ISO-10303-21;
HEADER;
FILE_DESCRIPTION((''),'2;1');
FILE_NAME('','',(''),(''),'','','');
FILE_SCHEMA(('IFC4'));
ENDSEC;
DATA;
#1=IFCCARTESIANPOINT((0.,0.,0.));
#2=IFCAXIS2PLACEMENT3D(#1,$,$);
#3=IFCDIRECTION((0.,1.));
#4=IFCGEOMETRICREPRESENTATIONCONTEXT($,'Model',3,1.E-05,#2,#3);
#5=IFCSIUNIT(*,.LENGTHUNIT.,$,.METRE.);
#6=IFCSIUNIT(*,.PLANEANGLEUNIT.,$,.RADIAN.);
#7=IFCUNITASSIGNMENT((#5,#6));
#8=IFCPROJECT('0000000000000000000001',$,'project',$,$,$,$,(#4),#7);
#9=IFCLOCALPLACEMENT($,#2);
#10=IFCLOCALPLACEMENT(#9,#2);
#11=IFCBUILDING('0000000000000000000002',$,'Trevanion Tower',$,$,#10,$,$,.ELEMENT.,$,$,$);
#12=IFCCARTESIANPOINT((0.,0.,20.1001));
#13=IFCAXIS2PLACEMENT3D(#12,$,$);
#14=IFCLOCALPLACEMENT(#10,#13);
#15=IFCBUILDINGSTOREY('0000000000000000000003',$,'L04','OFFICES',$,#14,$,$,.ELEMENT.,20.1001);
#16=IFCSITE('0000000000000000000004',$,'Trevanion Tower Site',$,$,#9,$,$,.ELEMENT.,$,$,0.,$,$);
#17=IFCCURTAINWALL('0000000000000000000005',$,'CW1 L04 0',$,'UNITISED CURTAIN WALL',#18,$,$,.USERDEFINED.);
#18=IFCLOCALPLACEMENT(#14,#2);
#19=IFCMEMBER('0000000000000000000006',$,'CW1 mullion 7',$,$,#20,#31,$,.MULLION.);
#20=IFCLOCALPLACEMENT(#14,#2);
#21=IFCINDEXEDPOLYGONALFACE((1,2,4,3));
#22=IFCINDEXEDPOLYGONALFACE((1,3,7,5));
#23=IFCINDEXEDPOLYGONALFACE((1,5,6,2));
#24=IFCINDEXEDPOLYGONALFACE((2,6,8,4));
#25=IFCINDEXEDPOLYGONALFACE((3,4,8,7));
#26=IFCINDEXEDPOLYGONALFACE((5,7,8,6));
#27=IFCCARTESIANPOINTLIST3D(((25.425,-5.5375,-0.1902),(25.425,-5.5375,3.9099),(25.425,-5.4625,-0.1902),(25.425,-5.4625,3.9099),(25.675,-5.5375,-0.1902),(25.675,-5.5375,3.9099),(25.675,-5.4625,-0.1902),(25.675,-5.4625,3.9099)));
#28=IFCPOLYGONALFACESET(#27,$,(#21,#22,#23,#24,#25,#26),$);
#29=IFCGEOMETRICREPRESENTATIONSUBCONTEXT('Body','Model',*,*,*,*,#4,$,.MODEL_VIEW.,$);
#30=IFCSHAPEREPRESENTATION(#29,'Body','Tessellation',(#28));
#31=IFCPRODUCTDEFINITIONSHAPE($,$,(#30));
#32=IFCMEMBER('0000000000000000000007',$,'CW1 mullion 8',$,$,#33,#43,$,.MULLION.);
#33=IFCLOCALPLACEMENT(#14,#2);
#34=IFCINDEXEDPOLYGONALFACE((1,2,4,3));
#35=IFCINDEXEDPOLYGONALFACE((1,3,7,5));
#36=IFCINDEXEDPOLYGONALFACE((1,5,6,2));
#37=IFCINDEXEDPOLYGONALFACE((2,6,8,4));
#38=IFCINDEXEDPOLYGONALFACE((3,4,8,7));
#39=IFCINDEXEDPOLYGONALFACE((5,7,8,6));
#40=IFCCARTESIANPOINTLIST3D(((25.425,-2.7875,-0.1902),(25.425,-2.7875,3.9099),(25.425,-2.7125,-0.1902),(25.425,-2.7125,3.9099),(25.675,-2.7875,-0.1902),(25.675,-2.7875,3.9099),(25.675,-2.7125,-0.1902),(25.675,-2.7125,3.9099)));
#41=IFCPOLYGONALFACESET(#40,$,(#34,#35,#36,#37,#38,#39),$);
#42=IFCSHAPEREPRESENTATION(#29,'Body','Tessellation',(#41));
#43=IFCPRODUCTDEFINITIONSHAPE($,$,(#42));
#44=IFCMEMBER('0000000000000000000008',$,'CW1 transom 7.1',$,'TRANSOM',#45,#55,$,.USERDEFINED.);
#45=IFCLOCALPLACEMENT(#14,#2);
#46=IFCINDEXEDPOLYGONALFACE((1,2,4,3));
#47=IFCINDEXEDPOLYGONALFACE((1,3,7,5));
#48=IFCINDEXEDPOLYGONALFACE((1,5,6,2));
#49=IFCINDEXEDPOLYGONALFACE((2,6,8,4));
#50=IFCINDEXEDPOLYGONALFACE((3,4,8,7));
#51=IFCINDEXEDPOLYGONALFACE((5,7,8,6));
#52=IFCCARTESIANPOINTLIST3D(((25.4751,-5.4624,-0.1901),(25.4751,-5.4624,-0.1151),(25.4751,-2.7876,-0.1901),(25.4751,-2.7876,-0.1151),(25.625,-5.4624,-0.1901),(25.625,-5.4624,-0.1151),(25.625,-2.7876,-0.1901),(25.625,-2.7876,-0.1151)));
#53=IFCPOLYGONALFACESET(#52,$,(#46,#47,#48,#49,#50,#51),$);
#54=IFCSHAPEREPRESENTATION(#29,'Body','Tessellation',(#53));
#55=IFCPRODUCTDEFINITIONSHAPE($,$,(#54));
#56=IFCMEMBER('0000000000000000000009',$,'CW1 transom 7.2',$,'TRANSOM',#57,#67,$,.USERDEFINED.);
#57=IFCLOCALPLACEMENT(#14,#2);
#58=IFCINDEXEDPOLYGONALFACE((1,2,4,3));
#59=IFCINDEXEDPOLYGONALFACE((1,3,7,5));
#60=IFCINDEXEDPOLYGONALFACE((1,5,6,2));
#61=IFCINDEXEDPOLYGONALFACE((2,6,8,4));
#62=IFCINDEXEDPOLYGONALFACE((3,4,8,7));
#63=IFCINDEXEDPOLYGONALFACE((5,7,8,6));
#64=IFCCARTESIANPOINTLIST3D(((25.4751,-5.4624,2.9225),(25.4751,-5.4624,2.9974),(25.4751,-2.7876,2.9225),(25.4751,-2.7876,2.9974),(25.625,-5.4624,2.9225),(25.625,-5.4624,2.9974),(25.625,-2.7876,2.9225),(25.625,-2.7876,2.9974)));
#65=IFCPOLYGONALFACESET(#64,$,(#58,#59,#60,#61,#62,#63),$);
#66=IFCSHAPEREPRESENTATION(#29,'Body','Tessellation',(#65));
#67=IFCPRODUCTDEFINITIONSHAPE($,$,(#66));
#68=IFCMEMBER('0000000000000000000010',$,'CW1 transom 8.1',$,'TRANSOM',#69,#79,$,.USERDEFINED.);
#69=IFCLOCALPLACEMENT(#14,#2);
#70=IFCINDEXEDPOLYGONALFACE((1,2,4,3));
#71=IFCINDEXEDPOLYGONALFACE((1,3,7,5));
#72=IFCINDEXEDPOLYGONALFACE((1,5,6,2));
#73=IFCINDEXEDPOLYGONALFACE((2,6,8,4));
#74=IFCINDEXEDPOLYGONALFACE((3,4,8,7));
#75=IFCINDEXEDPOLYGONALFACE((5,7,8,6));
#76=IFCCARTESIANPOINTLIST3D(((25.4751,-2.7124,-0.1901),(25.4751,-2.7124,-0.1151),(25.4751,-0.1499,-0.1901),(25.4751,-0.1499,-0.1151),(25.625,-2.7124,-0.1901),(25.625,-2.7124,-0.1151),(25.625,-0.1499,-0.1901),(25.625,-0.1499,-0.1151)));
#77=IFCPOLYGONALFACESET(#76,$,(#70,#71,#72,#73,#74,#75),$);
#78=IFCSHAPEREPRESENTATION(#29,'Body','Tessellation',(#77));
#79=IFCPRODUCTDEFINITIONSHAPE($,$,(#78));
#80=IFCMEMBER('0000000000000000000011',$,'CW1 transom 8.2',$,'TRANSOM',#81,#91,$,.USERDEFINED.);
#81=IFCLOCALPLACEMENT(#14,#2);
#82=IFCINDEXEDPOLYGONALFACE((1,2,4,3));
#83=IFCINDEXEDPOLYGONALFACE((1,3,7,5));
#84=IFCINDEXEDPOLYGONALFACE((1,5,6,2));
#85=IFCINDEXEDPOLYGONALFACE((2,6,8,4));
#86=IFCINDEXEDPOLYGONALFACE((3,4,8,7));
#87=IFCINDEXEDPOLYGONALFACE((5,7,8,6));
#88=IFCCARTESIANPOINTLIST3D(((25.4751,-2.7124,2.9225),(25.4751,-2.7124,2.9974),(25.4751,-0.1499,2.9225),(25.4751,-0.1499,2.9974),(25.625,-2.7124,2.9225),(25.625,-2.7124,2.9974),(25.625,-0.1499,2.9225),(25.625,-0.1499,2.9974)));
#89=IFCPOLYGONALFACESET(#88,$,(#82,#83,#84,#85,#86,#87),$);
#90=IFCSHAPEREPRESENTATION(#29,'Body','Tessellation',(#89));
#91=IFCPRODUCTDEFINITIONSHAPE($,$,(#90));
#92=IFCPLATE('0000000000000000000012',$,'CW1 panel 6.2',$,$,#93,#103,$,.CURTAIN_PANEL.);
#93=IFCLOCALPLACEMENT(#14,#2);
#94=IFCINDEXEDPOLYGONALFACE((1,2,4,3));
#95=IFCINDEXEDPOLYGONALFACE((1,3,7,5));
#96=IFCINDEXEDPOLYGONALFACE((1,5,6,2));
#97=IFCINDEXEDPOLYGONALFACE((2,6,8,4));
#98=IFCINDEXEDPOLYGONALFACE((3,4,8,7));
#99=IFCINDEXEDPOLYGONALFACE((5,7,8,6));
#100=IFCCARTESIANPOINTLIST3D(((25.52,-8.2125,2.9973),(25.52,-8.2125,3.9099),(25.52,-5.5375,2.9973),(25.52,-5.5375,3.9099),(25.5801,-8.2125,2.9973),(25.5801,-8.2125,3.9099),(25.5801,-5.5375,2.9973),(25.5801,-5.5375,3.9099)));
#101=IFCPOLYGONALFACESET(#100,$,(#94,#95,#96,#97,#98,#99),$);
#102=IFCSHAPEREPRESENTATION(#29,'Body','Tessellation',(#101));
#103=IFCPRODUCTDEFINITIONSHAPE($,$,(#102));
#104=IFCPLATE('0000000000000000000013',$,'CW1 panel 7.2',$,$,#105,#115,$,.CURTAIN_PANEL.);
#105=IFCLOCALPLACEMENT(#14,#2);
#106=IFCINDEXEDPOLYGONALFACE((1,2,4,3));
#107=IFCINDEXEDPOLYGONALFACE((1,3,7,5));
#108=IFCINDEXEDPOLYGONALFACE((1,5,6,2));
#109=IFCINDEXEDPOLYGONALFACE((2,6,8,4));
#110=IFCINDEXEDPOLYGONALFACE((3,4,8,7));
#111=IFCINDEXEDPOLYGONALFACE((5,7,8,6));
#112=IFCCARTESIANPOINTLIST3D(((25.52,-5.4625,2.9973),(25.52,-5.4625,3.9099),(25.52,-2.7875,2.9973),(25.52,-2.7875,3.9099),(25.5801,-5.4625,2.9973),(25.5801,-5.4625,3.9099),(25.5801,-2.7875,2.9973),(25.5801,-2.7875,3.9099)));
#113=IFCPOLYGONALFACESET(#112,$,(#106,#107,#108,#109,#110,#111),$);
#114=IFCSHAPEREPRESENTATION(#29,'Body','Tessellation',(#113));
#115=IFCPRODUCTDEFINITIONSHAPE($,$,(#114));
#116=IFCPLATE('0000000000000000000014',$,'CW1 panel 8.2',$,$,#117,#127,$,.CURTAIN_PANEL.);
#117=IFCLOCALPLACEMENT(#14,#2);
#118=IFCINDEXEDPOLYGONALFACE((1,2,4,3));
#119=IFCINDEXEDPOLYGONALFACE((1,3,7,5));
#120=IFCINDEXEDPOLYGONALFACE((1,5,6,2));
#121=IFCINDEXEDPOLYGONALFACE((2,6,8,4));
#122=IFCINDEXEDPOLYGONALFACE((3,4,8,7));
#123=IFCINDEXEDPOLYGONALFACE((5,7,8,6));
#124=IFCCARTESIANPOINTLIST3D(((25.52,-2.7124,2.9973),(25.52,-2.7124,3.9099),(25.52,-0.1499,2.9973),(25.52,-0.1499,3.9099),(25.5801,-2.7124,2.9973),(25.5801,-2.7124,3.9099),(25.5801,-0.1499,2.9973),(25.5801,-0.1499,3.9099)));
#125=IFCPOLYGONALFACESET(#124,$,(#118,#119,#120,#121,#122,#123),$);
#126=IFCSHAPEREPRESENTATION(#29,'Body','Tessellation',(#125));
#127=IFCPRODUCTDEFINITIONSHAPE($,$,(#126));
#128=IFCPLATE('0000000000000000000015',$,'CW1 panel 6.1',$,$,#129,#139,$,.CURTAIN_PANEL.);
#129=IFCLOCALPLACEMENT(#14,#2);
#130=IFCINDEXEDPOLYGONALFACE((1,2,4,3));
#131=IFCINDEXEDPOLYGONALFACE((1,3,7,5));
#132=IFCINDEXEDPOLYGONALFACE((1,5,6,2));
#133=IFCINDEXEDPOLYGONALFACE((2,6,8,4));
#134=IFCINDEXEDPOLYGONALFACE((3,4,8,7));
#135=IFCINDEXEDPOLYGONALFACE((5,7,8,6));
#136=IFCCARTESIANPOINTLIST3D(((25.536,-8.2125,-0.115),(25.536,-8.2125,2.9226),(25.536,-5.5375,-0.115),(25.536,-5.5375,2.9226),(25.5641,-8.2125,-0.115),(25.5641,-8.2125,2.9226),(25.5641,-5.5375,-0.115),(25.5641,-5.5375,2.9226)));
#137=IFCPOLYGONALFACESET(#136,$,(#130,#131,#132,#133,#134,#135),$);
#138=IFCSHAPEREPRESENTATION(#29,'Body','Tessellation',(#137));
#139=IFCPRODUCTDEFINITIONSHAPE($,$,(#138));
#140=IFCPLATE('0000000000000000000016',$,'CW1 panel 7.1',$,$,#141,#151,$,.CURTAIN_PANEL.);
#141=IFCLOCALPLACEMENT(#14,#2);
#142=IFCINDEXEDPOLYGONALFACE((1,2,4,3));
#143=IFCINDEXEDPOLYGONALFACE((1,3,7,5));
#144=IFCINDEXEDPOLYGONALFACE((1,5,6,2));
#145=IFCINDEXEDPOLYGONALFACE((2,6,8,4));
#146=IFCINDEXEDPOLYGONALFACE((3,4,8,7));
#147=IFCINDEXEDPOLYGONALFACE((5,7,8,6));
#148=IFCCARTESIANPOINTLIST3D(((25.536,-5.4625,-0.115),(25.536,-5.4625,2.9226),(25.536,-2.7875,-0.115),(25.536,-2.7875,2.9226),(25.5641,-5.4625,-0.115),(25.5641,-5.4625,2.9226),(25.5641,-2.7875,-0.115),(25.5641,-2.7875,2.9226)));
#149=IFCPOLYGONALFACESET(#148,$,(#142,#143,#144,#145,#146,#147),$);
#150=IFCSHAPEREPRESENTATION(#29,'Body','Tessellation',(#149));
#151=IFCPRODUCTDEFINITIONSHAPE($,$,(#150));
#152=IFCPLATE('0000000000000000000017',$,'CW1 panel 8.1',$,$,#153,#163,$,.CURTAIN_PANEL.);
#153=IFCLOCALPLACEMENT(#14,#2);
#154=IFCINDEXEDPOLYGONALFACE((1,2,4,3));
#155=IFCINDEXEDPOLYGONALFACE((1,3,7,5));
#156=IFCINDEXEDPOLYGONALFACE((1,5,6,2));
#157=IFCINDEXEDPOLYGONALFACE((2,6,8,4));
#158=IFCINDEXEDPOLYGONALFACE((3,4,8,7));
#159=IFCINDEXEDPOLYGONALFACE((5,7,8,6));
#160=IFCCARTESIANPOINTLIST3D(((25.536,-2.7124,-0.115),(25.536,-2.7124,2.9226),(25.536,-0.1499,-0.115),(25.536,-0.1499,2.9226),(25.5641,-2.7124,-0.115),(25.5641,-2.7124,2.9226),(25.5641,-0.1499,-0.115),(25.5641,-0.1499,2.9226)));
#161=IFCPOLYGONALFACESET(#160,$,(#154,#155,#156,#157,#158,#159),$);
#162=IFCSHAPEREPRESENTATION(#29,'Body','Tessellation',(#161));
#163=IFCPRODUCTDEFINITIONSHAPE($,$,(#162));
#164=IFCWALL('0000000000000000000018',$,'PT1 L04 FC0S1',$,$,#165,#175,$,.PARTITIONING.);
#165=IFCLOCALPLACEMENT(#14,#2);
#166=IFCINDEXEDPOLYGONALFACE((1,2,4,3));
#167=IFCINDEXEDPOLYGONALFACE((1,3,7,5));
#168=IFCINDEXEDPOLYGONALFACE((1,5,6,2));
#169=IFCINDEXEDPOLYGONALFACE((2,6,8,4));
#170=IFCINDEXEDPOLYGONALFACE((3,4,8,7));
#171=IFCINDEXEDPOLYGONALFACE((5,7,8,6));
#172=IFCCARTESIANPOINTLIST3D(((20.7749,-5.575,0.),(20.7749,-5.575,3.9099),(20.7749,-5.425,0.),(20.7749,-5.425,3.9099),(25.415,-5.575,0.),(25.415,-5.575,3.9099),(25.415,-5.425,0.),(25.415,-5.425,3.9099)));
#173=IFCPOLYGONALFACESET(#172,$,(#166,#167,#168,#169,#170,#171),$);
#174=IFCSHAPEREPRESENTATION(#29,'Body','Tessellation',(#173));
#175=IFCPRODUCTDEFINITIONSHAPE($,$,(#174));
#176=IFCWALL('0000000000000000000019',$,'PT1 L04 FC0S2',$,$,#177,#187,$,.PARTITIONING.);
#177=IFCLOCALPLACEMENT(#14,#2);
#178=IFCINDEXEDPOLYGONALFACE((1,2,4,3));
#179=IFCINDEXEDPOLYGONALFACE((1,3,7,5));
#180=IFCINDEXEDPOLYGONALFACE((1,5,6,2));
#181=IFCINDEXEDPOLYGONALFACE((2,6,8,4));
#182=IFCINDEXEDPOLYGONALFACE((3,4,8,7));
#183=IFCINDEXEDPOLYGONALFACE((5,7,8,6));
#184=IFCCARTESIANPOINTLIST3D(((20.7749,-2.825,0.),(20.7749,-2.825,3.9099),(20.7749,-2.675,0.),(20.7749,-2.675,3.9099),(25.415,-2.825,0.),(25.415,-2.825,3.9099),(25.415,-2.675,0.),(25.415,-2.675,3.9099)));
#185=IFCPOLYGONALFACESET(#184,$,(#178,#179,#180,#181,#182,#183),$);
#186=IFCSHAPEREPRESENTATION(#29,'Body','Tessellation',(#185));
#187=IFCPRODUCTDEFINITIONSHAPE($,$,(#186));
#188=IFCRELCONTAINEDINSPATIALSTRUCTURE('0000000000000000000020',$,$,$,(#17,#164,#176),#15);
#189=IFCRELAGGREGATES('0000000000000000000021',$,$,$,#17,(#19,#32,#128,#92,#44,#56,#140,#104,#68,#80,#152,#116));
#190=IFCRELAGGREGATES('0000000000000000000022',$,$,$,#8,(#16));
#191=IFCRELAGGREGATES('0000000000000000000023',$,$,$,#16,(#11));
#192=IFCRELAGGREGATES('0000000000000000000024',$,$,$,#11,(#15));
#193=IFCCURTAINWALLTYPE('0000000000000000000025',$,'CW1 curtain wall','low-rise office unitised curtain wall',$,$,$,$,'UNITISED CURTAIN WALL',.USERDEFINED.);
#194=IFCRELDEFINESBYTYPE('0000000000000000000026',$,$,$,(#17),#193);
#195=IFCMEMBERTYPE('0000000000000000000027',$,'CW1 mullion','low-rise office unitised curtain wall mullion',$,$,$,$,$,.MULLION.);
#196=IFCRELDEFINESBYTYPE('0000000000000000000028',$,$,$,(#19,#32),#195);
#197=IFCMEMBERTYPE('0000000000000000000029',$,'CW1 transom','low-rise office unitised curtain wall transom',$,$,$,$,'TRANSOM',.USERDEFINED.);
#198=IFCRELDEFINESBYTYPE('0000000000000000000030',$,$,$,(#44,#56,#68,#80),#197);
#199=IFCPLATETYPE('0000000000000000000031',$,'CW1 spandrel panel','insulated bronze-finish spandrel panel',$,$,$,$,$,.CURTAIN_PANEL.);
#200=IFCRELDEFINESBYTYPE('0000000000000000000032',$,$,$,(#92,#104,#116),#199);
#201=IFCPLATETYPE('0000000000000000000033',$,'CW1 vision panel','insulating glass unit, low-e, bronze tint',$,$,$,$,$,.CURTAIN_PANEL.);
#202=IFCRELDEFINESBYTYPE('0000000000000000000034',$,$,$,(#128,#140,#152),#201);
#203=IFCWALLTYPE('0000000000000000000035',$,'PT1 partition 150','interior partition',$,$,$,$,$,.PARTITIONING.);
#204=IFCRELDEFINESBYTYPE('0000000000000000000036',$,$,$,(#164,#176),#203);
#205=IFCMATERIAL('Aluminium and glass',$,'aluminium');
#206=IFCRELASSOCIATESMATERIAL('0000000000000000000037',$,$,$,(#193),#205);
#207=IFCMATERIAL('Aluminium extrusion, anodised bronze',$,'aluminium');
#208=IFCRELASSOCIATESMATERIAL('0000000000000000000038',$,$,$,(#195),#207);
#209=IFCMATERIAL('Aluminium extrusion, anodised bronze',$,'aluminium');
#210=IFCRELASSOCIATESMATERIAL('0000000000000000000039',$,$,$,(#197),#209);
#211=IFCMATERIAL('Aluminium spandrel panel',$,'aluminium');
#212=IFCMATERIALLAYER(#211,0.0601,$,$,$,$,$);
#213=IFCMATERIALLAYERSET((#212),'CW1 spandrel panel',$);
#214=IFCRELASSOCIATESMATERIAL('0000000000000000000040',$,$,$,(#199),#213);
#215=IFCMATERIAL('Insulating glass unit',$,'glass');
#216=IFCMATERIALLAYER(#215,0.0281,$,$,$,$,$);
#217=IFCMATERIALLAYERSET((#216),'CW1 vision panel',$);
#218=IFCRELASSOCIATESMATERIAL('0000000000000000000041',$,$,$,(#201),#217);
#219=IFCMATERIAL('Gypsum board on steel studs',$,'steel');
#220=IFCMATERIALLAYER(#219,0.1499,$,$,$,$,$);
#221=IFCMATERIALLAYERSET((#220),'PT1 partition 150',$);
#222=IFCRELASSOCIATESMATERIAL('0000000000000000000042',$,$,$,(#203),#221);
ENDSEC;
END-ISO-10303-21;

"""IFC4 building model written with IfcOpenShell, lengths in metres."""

from ifc_helpers import new_model, si_unit, direction, frame, frame_2d, origin, origin_2d, place, context, subcontext, project, spatial, rectangle, extrude, material, layer, layer_set, material_profile, profile_set, type_object, element, aggregate, save


model = new_model("IFC4")

# Units and contexts
model_context = context("Model", 3, precision=1e-05, world=origin(), true_north=direction((0.0, 1.0)))
body_context = subcontext(model_context, "Body", "Model", "MODEL_VIEW")
ifc_project = project(units=[si_unit("LENGTHUNIT", "METRE"), si_unit("PLANEANGLEUNIT", "RADIAN")], contexts=[model_context])

# Site, building, storey
site_placement = place(None, origin())
site = spatial("IfcSite", under=ifc_project, at=site_placement, Name="Trevanion Tower Site", CompositionType="ELEMENT", RefElevation=0.0)
building_placement = place(site_placement, origin())
building = spatial("IfcBuilding", under=site, at=building_placement, Name="Trevanion Tower", CompositionType="ELEMENT")
storey_placement = place(building_placement, frame((0.0, 0.0, 20.1001)))
storey = spatial("IfcBuildingStorey", under=building, at=storey_placement, Name="L04", Description="OFFICES", CompositionType="ELEMENT", Elevation=20.1001)

# Curtain wall, members, plates
ifc_material_1 = material(Name="Aluminium and glass", Category="aluminium")
curtain_wall_type = type_object("IfcCurtainWallType", Name="CW1 curtain wall", Description="low-rise office unitised curtain wall", ElementType="UNITISED CURTAIN WALL", PredefinedType="USERDEFINED", material=ifc_material_1)
curtain_wall_placement = place(storey_placement, origin())
curtain_wall = element("IfcCurtainWall", 1, at=curtain_wall_placement, inside=storey, type_object=curtain_wall_type, Name="CW1 L04 0", ObjectType="UNITISED CURTAIN WALL", PredefinedType="USERDEFINED")
ifc_material_2 = material(Name="Aluminium extrusion, anodised bronze", Category="aluminium")
ifc_material_profile_1 = material_profile(ifc_material_2, rectangle(XDim=0.075, YDim=0.25, at=origin_2d()), Name="CW1 mullion")
ifc_profile_set_1 = profile_set([ifc_material_profile_1], Name="Aluminium extrusion, anodised bronze")
member_type_1 = type_object("IfcMemberType", Name="CW1 mullion", Description="low-rise office unitised curtain wall mullion", PredefinedType="MULLION", material=ifc_profile_set_1)
member_1_placement = place(storey_placement, frame((25.55, -5.5, -0.1902), z_axis=(0.0, 0.0, 1.0), x_axis=(0.0, 1.0, 0.0)))
member_1 = element("IfcMember", 2, at=member_1_placement, type_object=member_type_1, Name="CW1 mullion 7", PredefinedType="MULLION", context=body_context, shape_type="SweptSolid", body=[
    extrude(rectangle(XDim=0.075, YDim=0.25, at=origin_2d()), origin(), (0.0, 0.0, 1.0), 4.1001),
])
member_2_placement = place(storey_placement, frame((25.55, -2.75, -0.1902), z_axis=(0.0, 0.0, 1.0), x_axis=(0.0, 1.0, 0.0)))
member_2 = element("IfcMember", 3, at=member_2_placement, type_object=member_type_1, Name="CW1 mullion 8", PredefinedType="MULLION", context=body_context, shape_type="SweptSolid", body=[
    extrude(rectangle(XDim=0.075, YDim=0.25, at=origin_2d()), origin(), (0.0, 0.0, 1.0), 4.1001),
])
ifc_material_3 = material(Name="Aluminium extrusion, anodised bronze", Category="aluminium")
ifc_material_profile_2 = material_profile(ifc_material_3, rectangle(XDim=0.1499, YDim=0.075, at=origin_2d()), Name="CW1 transom")
ifc_profile_set_2 = profile_set([ifc_material_profile_2], Name="Aluminium extrusion, anodised bronze")
member_type_2 = type_object("IfcMemberType", Name="CW1 transom", Description="low-rise office unitised curtain wall transom", ElementType="TRANSOM", PredefinedType="USERDEFINED", material=ifc_profile_set_2)
member_3_placement = place(storey_placement, frame((25.55, -5.4624, -0.1526), z_axis=(0.0, 1.0, 0.0), x_axis=(-1.0, 0.0, 0.0)))
member_3 = element("IfcMember", 4, at=member_3_placement, type_object=member_type_2, Name="CW1 transom 7.1", ObjectType="TRANSOM", PredefinedType="USERDEFINED", context=body_context, shape_type="SweptSolid", body=[
    extrude(rectangle(XDim=0.1499, YDim=0.075, at=origin_2d()), origin(), (0.0, 0.0, 1.0), 2.6748),
])
member_4_placement = place(storey_placement, frame((25.55, -5.4624, 2.96), z_axis=(0.0, 1.0, 0.0), x_axis=(-1.0, 0.0, 0.0)))
member_4 = element("IfcMember", 5, at=member_4_placement, type_object=member_type_2, Name="CW1 transom 7.2", ObjectType="TRANSOM", PredefinedType="USERDEFINED", context=body_context, shape_type="SweptSolid", body=[
    extrude(rectangle(XDim=0.1499, YDim=0.075, at=origin_2d()), origin(), (0.0, 0.0, 1.0), 2.6748),
])
member_5_placement = place(storey_placement, frame((25.55, -2.7124, -0.1526), z_axis=(0.0, 1.0, 0.0), x_axis=(-1.0, 0.0, 0.0)))
member_5 = element("IfcMember", 6, at=member_5_placement, type_object=member_type_2, Name="CW1 transom 8.1", ObjectType="TRANSOM", PredefinedType="USERDEFINED", context=body_context, shape_type="SweptSolid", body=[
    extrude(rectangle(XDim=0.1499, YDim=0.075, at=origin_2d()), origin(), (0.0, 0.0, 1.0), 2.5625),
])
member_6_placement = place(storey_placement, frame((25.55, -2.7124, 2.96), z_axis=(0.0, 1.0, 0.0), x_axis=(-1.0, 0.0, 0.0)))
member_6 = element("IfcMember", 7, at=member_6_placement, type_object=member_type_2, Name="CW1 transom 8.2", ObjectType="TRANSOM", PredefinedType="USERDEFINED", context=body_context, shape_type="SweptSolid", body=[
    extrude(rectangle(XDim=0.1499, YDim=0.075, at=origin_2d()), origin(), (0.0, 0.0, 1.0), 2.5625),
])
ifc_material_4 = material(Name="Aluminium spandrel panel", Category="aluminium")
ifc_layer_1 = layer(ifc_material_4, 0.0601)
ifc_layer_set_1 = layer_set([ifc_layer_1], Name="CW1 spandrel panel")
plate_type_1 = type_object("IfcPlateType", Name="CW1 spandrel panel", Description="insulated bronze-finish spandrel panel", PredefinedType="CURTAIN_PANEL", material=ifc_layer_set_1)
plate_1_placement = place(storey_placement, frame((25.55, -6.875, 2.9973), z_axis=(0.0, 0.0, 1.0), x_axis=(0.0, 1.0, 0.0)))
plate_1 = element("IfcPlate", 8, at=plate_1_placement, type_object=plate_type_1, Name="CW1 panel 6.2", PredefinedType="CURTAIN_PANEL", context=body_context, shape_type="SweptSolid", body=[
    extrude(rectangle(XDim=2.675, YDim=0.0601, at=origin_2d()), origin(), (0.0, 0.0, 1.0), 0.9126),
])
plate_2_placement = place(storey_placement, frame((25.55, -4.125, 2.9973), z_axis=(0.0, 0.0, 1.0), x_axis=(0.0, 1.0, 0.0)))
plate_2 = element("IfcPlate", 9, at=plate_2_placement, type_object=plate_type_1, Name="CW1 panel 7.2", PredefinedType="CURTAIN_PANEL", context=body_context, shape_type="SweptSolid", body=[
    extrude(rectangle(XDim=2.675, YDim=0.0601, at=origin_2d()), origin(), (0.0, 0.0, 1.0), 0.9126),
])
plate_3_placement = place(storey_placement, frame((25.55, -1.4312, 2.9973), z_axis=(0.0, 0.0, 1.0), x_axis=(0.0, 1.0, 0.0)))
plate_3 = element("IfcPlate", 10, at=plate_3_placement, type_object=plate_type_1, Name="CW1 panel 8.2", PredefinedType="CURTAIN_PANEL", context=body_context, shape_type="SweptSolid", body=[
    extrude(rectangle(XDim=2.5625, YDim=0.0601, at=origin_2d()), origin(), (0.0, 0.0, 1.0), 0.9126),
])
ifc_material_5 = material(Name="Insulating glass unit", Category="glass")
ifc_layer_2 = layer(ifc_material_5, 0.0281)
ifc_layer_set_2 = layer_set([ifc_layer_2], Name="CW1 vision panel")
plate_type_2 = type_object("IfcPlateType", Name="CW1 vision panel", Description="insulating glass unit, low-e, bronze tint", PredefinedType="CURTAIN_PANEL", material=ifc_layer_set_2)
plate_4_placement = place(storey_placement, frame((25.55, -6.875, -0.115), z_axis=(0.0, 0.0, 1.0), x_axis=(0.0, 1.0, 0.0)))
plate_4 = element("IfcPlate", 11, at=plate_4_placement, type_object=plate_type_2, Name="CW1 panel 6.1", PredefinedType="CURTAIN_PANEL", context=body_context, shape_type="SweptSolid", body=[
    extrude(rectangle(XDim=2.675, YDim=0.0281, at=origin_2d()), origin(), (0.0, 0.0, 1.0), 3.0376),
])
plate_5_placement = place(storey_placement, frame((25.55, -4.125, -0.115), z_axis=(0.0, 0.0, 1.0), x_axis=(0.0, 1.0, 0.0)))
plate_5 = element("IfcPlate", 12, at=plate_5_placement, type_object=plate_type_2, Name="CW1 panel 7.1", PredefinedType="CURTAIN_PANEL", context=body_context, shape_type="SweptSolid", body=[
    extrude(rectangle(XDim=2.675, YDim=0.0281, at=origin_2d()), origin(), (0.0, 0.0, 1.0), 3.0376),
])
plate_6_placement = place(storey_placement, frame((25.55, -1.4312, -0.115), z_axis=(0.0, 0.0, 1.0), x_axis=(0.0, 1.0, 0.0)))
plate_6 = element("IfcPlate", 13, at=plate_6_placement, type_object=plate_type_2, Name="CW1 panel 8.1", PredefinedType="CURTAIN_PANEL", context=body_context, shape_type="SweptSolid", body=[
    extrude(rectangle(XDim=2.5625, YDim=0.0281, at=origin_2d()), origin(), (0.0, 0.0, 1.0), 3.0376),
])
aggregate(curtain_wall, [member_1, member_2, plate_4, plate_1, member_3, member_4, plate_5, plate_2, member_5, member_6, plate_6, plate_3])

# Walls
ifc_material_6 = material(Name="Gypsum board on steel studs", Category="steel")
ifc_layer_3 = layer(ifc_material_6, 0.1499)
ifc_layer_set_3 = layer_set([ifc_layer_3], Name="PT1 partition 150")
wall_type = type_object("IfcWallType", Name="PT1 partition 150", Description="interior partition", PredefinedType="PARTITIONING", material=ifc_layer_set_3)
for number, where, z_axis, x_axis, name in (
    (14, (20.7749, -5.5, 0.0), (0.0, 0.0, 1.0), (1.0, 0.0, 0.0), "PT1 L04 FC0S1"),
    (15, (20.7749, -2.75, 0.0), (0.0, 0.0, 1.0), (1.0, 0.0, 0.0), "PT1 L04 FC0S2"),
):
    element("IfcWall", number, at=place(storey_placement, frame(where, z_axis=z_axis, x_axis=x_axis)), inside=storey, type_object=wall_type, Name=name, PredefinedType="PARTITIONING", context=body_context, shape_type="SweptSolid", body=[
        extrude(rectangle(XDim=4.6401, YDim=0.1499, at=frame_2d((2.3201, 0.0))), origin(), (0.0, 0.0, 1.0), 3.9099),
    ])

save(model, "model.ifc")
